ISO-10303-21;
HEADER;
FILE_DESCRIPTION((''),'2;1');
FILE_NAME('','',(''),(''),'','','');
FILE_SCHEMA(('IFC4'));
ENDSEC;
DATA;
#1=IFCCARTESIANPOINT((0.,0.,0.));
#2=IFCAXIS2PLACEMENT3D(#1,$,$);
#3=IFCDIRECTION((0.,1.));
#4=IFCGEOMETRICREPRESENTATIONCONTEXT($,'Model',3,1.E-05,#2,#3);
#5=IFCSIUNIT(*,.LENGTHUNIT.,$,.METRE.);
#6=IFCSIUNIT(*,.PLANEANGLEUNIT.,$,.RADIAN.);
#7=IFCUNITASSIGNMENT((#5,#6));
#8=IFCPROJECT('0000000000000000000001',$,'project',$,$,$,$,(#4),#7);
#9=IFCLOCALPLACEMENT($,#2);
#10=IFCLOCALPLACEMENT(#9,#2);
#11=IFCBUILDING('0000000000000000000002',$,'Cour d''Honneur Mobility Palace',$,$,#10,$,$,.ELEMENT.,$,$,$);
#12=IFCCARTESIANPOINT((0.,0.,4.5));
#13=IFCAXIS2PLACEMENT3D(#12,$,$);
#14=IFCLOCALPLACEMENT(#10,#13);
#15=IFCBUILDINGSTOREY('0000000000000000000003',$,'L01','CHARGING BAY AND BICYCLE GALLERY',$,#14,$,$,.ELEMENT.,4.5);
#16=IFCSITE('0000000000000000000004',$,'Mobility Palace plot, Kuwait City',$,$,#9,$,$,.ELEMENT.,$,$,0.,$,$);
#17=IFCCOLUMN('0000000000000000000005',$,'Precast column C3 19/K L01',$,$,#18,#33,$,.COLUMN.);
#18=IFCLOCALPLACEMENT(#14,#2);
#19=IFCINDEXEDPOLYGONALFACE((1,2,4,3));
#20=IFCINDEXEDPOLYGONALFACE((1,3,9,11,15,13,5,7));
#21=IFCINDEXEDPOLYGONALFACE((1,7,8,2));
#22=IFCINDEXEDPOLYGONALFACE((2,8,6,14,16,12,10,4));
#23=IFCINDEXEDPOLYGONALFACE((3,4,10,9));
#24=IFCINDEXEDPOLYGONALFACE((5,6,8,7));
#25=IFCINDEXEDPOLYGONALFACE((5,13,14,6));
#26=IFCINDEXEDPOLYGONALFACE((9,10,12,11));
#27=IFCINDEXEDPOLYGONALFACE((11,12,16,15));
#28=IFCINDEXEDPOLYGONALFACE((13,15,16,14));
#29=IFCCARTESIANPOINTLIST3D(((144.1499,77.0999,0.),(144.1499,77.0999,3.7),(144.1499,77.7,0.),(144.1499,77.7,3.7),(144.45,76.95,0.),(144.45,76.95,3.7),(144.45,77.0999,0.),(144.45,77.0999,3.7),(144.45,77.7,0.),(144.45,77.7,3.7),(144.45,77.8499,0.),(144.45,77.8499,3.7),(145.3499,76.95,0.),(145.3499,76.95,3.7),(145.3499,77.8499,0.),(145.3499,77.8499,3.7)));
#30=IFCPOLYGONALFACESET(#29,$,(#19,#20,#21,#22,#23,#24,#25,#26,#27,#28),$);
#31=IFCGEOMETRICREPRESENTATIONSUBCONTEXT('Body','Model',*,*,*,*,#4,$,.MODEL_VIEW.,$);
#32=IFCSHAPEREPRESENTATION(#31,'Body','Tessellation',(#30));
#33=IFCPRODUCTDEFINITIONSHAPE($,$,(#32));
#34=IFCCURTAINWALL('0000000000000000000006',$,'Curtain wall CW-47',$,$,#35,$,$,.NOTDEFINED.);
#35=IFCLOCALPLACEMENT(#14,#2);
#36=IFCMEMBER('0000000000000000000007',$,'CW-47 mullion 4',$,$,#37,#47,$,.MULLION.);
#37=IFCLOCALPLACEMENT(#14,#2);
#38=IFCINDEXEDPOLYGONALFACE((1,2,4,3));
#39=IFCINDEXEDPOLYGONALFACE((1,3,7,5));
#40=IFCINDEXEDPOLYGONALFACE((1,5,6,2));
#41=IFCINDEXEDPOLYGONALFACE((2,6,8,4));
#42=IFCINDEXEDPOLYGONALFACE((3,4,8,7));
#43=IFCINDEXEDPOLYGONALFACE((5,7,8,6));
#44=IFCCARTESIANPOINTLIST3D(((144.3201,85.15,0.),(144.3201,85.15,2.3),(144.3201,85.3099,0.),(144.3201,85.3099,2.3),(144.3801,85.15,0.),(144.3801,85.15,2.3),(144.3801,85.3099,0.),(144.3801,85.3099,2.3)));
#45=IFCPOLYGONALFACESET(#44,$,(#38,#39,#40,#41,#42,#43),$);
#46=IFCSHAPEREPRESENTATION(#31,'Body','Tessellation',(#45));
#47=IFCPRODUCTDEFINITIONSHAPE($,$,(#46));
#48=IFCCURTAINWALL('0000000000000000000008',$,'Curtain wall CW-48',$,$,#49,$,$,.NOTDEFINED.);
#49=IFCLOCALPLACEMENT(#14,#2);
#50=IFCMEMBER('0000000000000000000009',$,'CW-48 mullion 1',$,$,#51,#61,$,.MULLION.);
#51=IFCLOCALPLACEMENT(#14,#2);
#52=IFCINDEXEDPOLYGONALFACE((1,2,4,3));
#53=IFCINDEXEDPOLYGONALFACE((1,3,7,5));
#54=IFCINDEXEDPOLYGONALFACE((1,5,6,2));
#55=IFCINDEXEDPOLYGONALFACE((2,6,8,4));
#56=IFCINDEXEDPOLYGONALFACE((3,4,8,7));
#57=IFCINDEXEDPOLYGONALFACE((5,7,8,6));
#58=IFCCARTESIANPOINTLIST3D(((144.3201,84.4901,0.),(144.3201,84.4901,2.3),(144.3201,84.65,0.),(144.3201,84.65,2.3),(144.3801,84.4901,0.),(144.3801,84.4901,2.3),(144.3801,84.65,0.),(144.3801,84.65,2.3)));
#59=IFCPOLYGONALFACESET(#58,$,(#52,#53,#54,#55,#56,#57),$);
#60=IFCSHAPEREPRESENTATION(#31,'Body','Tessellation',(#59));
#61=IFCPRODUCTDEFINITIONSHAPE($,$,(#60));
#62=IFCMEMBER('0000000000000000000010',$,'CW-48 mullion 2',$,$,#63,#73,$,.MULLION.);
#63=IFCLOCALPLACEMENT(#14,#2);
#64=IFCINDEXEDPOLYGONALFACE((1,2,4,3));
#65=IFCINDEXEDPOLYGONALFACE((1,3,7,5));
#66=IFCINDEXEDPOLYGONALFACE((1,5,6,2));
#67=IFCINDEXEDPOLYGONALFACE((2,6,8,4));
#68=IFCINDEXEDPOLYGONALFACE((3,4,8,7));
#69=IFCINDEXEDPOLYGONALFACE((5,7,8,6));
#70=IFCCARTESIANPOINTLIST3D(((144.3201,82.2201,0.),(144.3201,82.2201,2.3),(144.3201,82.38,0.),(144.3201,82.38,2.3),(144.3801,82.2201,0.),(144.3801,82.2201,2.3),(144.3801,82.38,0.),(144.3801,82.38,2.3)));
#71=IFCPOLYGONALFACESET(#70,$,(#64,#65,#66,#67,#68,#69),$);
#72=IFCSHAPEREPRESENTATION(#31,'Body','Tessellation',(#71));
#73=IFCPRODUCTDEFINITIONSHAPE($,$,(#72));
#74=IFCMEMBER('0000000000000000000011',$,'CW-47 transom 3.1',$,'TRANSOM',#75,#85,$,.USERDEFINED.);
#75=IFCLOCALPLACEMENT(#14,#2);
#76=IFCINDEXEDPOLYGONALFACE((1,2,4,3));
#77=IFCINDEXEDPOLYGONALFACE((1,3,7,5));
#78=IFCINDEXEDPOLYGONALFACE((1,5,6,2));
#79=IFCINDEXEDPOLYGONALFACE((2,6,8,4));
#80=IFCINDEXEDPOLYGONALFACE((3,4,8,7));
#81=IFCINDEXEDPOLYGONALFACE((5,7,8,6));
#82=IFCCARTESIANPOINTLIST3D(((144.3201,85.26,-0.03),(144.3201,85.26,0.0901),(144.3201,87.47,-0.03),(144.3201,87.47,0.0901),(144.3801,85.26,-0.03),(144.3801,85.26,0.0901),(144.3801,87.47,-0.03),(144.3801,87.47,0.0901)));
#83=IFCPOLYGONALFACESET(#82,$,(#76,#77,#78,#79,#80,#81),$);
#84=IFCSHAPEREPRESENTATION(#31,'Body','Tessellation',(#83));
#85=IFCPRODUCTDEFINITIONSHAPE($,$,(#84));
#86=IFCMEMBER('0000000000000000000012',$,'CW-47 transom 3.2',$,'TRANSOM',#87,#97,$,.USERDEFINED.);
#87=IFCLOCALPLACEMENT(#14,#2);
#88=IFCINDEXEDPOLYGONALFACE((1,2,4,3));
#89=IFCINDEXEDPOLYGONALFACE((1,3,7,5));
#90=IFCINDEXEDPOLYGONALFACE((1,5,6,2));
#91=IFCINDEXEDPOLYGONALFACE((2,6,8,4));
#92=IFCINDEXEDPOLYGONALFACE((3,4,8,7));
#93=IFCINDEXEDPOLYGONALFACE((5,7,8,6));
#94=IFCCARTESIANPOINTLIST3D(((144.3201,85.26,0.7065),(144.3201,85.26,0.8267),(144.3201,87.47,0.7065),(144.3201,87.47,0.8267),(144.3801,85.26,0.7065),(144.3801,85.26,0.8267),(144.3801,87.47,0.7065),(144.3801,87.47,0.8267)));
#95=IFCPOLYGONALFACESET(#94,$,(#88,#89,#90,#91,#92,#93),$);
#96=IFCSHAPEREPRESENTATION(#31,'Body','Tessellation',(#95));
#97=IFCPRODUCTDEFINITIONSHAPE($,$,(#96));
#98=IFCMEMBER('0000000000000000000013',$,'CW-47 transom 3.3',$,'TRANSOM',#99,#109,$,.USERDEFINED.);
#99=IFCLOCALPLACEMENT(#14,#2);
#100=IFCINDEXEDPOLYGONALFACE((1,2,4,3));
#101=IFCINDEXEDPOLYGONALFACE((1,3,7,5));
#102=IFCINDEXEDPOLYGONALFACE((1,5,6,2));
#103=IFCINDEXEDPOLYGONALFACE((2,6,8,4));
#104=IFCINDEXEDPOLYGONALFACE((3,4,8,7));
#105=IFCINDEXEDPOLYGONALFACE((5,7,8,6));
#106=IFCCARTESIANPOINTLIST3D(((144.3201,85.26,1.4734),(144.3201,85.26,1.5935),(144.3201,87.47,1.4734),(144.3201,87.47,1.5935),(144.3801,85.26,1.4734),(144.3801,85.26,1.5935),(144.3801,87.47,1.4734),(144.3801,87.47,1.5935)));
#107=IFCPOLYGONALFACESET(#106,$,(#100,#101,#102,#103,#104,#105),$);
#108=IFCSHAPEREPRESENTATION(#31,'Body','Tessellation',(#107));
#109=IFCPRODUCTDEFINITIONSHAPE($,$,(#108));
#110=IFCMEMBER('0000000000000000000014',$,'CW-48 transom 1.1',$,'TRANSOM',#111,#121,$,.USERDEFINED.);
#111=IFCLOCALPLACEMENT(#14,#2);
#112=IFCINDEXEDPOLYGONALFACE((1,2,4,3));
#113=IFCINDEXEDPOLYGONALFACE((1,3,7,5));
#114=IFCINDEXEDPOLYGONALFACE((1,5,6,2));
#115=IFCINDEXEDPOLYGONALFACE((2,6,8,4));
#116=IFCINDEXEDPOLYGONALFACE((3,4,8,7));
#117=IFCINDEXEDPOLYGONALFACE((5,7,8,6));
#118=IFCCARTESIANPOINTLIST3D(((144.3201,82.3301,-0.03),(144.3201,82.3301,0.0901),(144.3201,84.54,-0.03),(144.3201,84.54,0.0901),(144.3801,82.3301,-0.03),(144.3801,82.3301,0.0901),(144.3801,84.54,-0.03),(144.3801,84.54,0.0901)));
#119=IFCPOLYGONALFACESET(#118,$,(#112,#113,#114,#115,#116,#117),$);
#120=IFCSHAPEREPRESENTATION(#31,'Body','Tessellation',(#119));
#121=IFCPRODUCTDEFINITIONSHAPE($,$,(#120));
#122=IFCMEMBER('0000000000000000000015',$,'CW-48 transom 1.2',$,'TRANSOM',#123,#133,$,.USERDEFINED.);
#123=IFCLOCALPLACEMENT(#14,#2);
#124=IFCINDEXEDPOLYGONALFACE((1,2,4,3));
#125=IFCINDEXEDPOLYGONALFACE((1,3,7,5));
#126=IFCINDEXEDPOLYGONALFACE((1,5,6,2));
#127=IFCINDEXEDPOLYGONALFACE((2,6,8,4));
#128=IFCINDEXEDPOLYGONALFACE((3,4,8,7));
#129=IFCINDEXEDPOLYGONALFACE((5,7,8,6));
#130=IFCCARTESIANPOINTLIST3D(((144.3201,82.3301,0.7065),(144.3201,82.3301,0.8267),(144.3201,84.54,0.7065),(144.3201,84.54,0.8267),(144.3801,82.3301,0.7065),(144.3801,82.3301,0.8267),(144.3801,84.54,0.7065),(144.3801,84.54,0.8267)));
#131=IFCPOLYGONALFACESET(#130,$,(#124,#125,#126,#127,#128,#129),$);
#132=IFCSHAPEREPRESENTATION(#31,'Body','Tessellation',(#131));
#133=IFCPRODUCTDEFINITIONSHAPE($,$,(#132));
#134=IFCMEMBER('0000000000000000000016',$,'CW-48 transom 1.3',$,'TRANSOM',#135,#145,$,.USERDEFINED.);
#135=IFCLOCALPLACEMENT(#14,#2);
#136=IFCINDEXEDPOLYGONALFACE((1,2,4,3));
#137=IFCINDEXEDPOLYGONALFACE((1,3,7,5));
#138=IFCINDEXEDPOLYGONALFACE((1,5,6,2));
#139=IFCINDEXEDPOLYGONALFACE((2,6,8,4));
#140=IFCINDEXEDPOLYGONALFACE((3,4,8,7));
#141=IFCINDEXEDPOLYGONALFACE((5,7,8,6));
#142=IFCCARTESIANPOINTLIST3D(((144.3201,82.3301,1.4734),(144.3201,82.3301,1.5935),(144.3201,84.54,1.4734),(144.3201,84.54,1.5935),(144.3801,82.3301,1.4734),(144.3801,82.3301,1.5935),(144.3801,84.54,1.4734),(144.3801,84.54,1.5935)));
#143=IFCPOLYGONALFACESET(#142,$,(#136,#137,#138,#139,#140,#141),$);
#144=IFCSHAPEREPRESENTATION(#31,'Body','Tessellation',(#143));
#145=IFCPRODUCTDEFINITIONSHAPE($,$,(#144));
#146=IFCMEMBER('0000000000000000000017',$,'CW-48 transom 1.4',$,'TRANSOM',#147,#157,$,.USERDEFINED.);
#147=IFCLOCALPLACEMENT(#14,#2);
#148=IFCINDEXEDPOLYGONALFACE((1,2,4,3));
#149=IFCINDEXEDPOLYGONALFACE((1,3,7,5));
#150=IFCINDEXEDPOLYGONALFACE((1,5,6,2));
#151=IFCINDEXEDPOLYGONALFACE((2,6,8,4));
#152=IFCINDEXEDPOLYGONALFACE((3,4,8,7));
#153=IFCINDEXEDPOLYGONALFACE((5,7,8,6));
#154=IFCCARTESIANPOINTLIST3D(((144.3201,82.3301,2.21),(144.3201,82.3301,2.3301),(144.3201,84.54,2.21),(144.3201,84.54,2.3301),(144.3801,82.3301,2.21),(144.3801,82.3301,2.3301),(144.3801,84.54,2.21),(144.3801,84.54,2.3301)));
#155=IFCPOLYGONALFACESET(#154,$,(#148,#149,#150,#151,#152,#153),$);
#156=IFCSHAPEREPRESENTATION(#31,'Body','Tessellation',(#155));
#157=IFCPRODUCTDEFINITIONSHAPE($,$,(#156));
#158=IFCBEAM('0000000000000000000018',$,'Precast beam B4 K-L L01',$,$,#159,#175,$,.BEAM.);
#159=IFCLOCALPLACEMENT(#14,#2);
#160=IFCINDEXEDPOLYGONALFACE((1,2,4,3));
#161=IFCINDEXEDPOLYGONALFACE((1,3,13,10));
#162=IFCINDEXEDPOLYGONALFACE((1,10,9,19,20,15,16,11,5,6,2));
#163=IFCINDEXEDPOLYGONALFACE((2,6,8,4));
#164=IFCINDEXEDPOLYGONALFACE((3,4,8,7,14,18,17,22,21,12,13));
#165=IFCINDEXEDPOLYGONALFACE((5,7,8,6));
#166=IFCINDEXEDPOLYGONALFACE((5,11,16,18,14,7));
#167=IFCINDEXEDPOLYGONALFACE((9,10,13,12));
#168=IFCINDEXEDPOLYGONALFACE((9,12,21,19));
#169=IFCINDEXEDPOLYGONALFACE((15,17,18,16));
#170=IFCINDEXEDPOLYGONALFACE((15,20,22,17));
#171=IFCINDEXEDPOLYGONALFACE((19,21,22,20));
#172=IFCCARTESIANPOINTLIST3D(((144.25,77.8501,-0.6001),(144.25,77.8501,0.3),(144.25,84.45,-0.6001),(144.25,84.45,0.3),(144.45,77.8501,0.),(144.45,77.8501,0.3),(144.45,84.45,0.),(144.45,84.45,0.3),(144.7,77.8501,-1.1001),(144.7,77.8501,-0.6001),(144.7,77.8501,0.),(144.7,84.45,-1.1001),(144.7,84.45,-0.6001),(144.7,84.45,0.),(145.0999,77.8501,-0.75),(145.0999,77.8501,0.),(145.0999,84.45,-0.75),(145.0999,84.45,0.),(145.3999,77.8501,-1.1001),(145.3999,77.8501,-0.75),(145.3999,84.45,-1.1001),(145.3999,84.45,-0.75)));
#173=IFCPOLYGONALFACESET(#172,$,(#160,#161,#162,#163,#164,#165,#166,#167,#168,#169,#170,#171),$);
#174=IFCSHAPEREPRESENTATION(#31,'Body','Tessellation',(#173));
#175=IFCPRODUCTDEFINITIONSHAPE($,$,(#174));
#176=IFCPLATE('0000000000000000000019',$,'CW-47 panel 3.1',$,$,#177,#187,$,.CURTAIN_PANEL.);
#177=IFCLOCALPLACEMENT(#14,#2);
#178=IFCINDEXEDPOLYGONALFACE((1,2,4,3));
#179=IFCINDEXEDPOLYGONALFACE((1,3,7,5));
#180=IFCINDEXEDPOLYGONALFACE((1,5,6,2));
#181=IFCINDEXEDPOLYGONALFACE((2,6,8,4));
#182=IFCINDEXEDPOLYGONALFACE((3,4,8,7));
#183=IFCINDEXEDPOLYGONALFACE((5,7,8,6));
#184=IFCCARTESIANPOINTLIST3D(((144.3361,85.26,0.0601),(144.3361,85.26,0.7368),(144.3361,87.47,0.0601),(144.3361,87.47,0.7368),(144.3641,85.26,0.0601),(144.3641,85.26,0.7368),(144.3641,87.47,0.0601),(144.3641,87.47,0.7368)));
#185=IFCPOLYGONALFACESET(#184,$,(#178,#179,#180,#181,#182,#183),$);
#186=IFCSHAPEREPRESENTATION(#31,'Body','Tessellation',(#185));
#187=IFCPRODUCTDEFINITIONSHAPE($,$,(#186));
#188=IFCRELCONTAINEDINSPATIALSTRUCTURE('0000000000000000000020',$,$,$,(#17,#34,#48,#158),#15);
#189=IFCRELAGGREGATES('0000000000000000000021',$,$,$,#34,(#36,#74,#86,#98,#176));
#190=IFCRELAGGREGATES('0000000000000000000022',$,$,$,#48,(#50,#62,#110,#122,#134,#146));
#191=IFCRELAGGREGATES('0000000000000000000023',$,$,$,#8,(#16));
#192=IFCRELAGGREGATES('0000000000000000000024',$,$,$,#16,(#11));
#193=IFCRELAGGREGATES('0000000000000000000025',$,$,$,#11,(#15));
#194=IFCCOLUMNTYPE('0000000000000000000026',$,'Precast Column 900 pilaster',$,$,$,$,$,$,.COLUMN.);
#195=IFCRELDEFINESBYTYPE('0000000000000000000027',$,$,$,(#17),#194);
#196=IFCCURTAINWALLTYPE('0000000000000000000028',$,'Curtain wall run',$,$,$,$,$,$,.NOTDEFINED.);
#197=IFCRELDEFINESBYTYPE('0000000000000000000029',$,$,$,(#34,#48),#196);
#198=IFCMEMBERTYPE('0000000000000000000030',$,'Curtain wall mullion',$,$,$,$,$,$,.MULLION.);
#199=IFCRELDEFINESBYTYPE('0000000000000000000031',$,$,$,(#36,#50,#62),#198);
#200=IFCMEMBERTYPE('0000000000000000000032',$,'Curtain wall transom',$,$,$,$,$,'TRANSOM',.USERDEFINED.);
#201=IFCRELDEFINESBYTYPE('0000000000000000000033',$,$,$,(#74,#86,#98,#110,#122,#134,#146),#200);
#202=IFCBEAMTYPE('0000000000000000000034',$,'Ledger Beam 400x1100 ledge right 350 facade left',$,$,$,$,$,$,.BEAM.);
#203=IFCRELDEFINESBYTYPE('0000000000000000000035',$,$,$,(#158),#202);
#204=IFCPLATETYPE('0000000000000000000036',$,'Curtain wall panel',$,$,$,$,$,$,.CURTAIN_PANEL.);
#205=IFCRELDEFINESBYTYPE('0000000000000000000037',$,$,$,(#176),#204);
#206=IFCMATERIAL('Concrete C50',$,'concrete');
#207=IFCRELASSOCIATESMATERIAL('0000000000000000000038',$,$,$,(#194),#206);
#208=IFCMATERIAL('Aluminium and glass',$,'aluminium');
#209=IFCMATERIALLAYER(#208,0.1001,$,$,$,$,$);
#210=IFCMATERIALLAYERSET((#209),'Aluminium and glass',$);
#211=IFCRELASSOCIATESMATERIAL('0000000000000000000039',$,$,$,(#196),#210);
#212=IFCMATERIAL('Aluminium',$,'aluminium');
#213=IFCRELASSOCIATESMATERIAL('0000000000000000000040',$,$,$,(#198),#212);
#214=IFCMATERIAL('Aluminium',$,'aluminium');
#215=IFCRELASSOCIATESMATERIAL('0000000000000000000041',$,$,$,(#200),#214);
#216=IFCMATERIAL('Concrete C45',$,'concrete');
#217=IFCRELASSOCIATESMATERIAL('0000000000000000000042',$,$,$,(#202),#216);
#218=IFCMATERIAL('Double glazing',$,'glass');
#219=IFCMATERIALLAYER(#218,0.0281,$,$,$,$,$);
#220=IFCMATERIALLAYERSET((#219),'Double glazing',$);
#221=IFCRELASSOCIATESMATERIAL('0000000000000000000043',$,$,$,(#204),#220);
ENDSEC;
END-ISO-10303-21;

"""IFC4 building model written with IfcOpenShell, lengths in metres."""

from ifc_helpers import new_model, si_unit, direction, frame, origin, origin_2d, place, context, subcontext, project, spatial, polyline, rectangle, outline, extrude, material, layer, layer_set, material_profile, profile_set, type_object, element, aggregate, save


model = new_model("IFC4")

# Units and contexts
model_context = context("Model", 3, precision=1e-05, world=origin(), true_north=direction((0.0, 1.0)))
body_context = subcontext(model_context, "Body", "Model", "MODEL_VIEW")
ifc_project = project(units=[si_unit("LENGTHUNIT", "METRE"), si_unit("PLANEANGLEUNIT", "RADIAN")], contexts=[model_context])

# Site, building, storey
site_placement = place(None, origin())
site = spatial("IfcSite", under=ifc_project, at=site_placement, Name="Mobility Palace plot, Kuwait City", CompositionType="ELEMENT", RefElevation=0.0)
building_placement = place(site_placement, origin())
building = spatial("IfcBuilding", under=site, at=building_placement, Name="Cour d'Honneur Mobility Palace", CompositionType="ELEMENT")
storey_placement = place(building_placement, frame((0.0, 0.0, 4.5)))
storey = spatial("IfcBuildingStorey", under=building, at=storey_placement, Name="L01", Description="CHARGING BAY AND BICYCLE GALLERY", CompositionType="ELEMENT", Elevation=4.5)

# Column
ifc_material_1 = material(Name="Concrete C50", Category="concrete")
ifc_material_profile_1 = material_profile(ifc_material_1, outline(polyline([(-0.45, -0.45), (0.45, -0.45), (0.45, -0.3), (0.75, -0.3), (0.75, 0.3), (0.45, 0.3), (0.45, 0.45), (-0.45, 0.45), (-0.45, -0.45)])), Name="PC C900 pilaster")
ifc_profile_set_1 = profile_set([ifc_material_profile_1], Name="Concrete C50")
column_type = type_object("IfcColumnType", Name="Precast Column 900 pilaster", PredefinedType="COLUMN", material=ifc_profile_set_1)
column_placement = place(storey_placement, frame((144.8999, 77.3999, 0.0), z_axis=(0.0, 0.0, 1.0), x_axis=(-1.0, 0.0, 0.0)))
element("IfcColumn", 1, at=column_placement, inside=storey, type_object=column_type, Name="Precast column C3 19/K L01", PredefinedType="COLUMN", context=body_context, shape_type="SweptSolid", body=[
    extrude(outline(polyline([(-0.45, -0.45), (0.45, -0.45), (0.45, -0.3), (0.75, -0.3), (0.75, 0.3), (0.45, 0.3), (0.45, 0.45), (-0.45, 0.45), (-0.45, -0.45)])), origin(), (0.0, 0.0, 1.0), 3.7),
])

# Curtain wall, member
ifc_material_2 = material(Name="Aluminium and glass", Category="aluminium")
ifc_layer_1 = layer(ifc_material_2, 0.1001)
ifc_layer_set_1 = layer_set([ifc_layer_1], Name="Aluminium and glass")
curtain_wall_type = type_object("IfcCurtainWallType", Name="Curtain wall run", PredefinedType="NOTDEFINED", material=ifc_layer_set_1)
curtain_wall_1_placement = place(storey_placement, origin())
curtain_wall_1 = element("IfcCurtainWall", 2, at=curtain_wall_1_placement, inside=storey, type_object=curtain_wall_type, Name="Curtain wall CW-47", PredefinedType="NOTDEFINED")
ifc_material_3 = material(Name="Aluminium", Category="aluminium")
ifc_material_profile_2 = material_profile(ifc_material_3, rectangle(XDim=0.0601, YDim=0.1599, at=origin_2d()), Name="Curtain wall mullion")
ifc_profile_set_2 = profile_set([ifc_material_profile_2], Name="Aluminium")
member_type_1 = type_object("IfcMemberType", Name="Curtain wall mullion", PredefinedType="MULLION", material=ifc_profile_set_2)
member_1_placement = place(storey_placement, frame((144.3501, 85.23, 0.0), z_axis=(0.0, 0.0, 1.0), x_axis=(1.0, 0.0, 0.0)))
member_1 = element("IfcMember", 3, at=member_1_placement, type_object=member_type_1, Name="CW-47 mullion 4", PredefinedType="MULLION", context=body_context, shape_type="SweptSolid", body=[
    extrude(rectangle(XDim=0.0601, YDim=0.1599, at=origin_2d()), origin(), (0.0, 0.0, 1.0), 2.3),
])

# Curtain wall, members
curtain_wall_2_placement = place(storey_placement, origin())
curtain_wall_2 = element("IfcCurtainWall", 4, at=curtain_wall_2_placement, inside=storey, type_object=curtain_wall_type, Name="Curtain wall CW-48", PredefinedType="NOTDEFINED")
member_2_placement = place(storey_placement, frame((144.3501, 84.5701, 0.0), z_axis=(0.0, 0.0, 1.0), x_axis=(1.0, 0.0, 0.0)))
member_2 = element("IfcMember", 5, at=member_2_placement, type_object=member_type_1, Name="CW-48 mullion 1", PredefinedType="MULLION", context=body_context, shape_type="SweptSolid", body=[
    extrude(rectangle(XDim=0.0601, YDim=0.1599, at=origin_2d()), origin(), (0.0, 0.0, 1.0), 2.3),
])
member_3_placement = place(storey_placement, frame((144.3501, 82.3, 0.0), z_axis=(0.0, 0.0, 1.0), x_axis=(1.0, 0.0, 0.0)))
member_3 = element("IfcMember", 6, at=member_3_placement, type_object=member_type_1, Name="CW-48 mullion 2", PredefinedType="MULLION", context=body_context, shape_type="SweptSolid", body=[
    extrude(rectangle(XDim=0.0601, YDim=0.1599, at=origin_2d()), origin(), (0.0, 0.0, 1.0), 2.3),
])

# Members
ifc_material_4 = material(Name="Aluminium", Category="aluminium")
ifc_material_profile_3 = material_profile(ifc_material_4, rectangle(XDim=0.0601, YDim=0.1201, at=origin_2d()), Name="Curtain wall transom")
ifc_profile_set_3 = profile_set([ifc_material_profile_3], Name="Aluminium")
member_type_2 = type_object("IfcMemberType", Name="Curtain wall transom", ElementType="TRANSOM", PredefinedType="USERDEFINED", material=ifc_profile_set_3)
member_4_placement = place(storey_placement, frame((144.3501, 87.47, 0.03), z_axis=(0.0, -1.0, 0.0), x_axis=(1.0, 0.0, 0.0)))
member_4 = element("IfcMember", 7, at=member_4_placement, type_object=member_type_2, Name="CW-47 transom 3.1", ObjectType="TRANSOM", PredefinedType="USERDEFINED", context=body_context, shape_type="SweptSolid", body=[
    extrude(rectangle(XDim=0.0601, YDim=0.1201, at=origin_2d()), origin(), (0.0, 0.0, 1.0), 2.21),
])
member_5_placement = place(storey_placement, frame((144.3501, 87.47, 0.7666), z_axis=(0.0, -1.0, 0.0), x_axis=(1.0, 0.0, 0.0)))
member_5 = element("IfcMember", 8, at=member_5_placement, type_object=member_type_2, Name="CW-47 transom 3.2", ObjectType="TRANSOM", PredefinedType="USERDEFINED", context=body_context, shape_type="SweptSolid", body=[
    extrude(rectangle(XDim=0.0601, YDim=0.1201, at=origin_2d()), origin(), (0.0, 0.0, 1.0), 2.21),
])
member_6_placement = place(storey_placement, frame((144.3501, 87.47, 1.5334), z_axis=(0.0, -1.0, 0.0), x_axis=(1.0, 0.0, 0.0)))
member_6 = element("IfcMember", 9, at=member_6_placement, type_object=member_type_2, Name="CW-47 transom 3.3", ObjectType="TRANSOM", PredefinedType="USERDEFINED", context=body_context, shape_type="SweptSolid", body=[
    extrude(rectangle(XDim=0.0601, YDim=0.1201, at=origin_2d()), origin(), (0.0, 0.0, 1.0), 2.21),
])
member_7_placement = place(storey_placement, frame((144.3501, 84.54, 0.03), z_axis=(0.0, -1.0, 0.0), x_axis=(1.0, 0.0, 0.0)))
member_7 = element("IfcMember", 10, at=member_7_placement, type_object=member_type_2, Name="CW-48 transom 1.1", ObjectType="TRANSOM", PredefinedType="USERDEFINED", context=body_context, shape_type="SweptSolid", body=[
    extrude(rectangle(XDim=0.0601, YDim=0.1201, at=origin_2d()), origin(), (0.0, 0.0, 1.0), 2.21),
])
member_8_placement = place(storey_placement, frame((144.3501, 84.54, 0.7666), z_axis=(0.0, -1.0, 0.0), x_axis=(1.0, 0.0, 0.0)))
member_8 = element("IfcMember", 11, at=member_8_placement, type_object=member_type_2, Name="CW-48 transom 1.2", ObjectType="TRANSOM", PredefinedType="USERDEFINED", context=body_context, shape_type="SweptSolid", body=[
    extrude(rectangle(XDim=0.0601, YDim=0.1201, at=origin_2d()), origin(), (0.0, 0.0, 1.0), 2.21),
])
member_9_placement = place(storey_placement, frame((144.3501, 84.54, 1.5334), z_axis=(0.0, -1.0, 0.0), x_axis=(1.0, 0.0, 0.0)))
member_9 = element("IfcMember", 12, at=member_9_placement, type_object=member_type_2, Name="CW-48 transom 1.3", ObjectType="TRANSOM", PredefinedType="USERDEFINED", context=body_context, shape_type="SweptSolid", body=[
    extrude(rectangle(XDim=0.0601, YDim=0.1201, at=origin_2d()), origin(), (0.0, 0.0, 1.0), 2.21),
])
member_10_placement = place(storey_placement, frame((144.3501, 84.54, 2.27), z_axis=(0.0, -1.0, 0.0), x_axis=(1.0, 0.0, 0.0)))
member_10 = element("IfcMember", 13, at=member_10_placement, type_object=member_type_2, Name="CW-48 transom 1.4", ObjectType="TRANSOM", PredefinedType="USERDEFINED", context=body_context, shape_type="SweptSolid", body=[
    extrude(rectangle(XDim=0.0601, YDim=0.1201, at=origin_2d()), origin(), (0.0, 0.0, 1.0), 2.21),
])

# Beam
ifc_material_5 = material(Name="Concrete C45", Category="concrete")
ifc_material_profile_4 = material_profile(ifc_material_5, outline(polyline([(0.2, -1.1001), (0.2, -0.6001), (0.6499, -0.6001), (0.6499, 0.3), (0.45, 0.3), (0.45, 0.0), (0.2, 0.0), (-0.2, 0.0), (-0.2, -0.75), (-0.5, -0.75), (-0.5, -1.1001), (0.2, -1.1001)])), Name="Ledger Beam 400x1100 ledge right 350 facade left")
ifc_profile_set_4 = profile_set([ifc_material_profile_4], Name="Concrete C45")
beam_type = type_object("IfcBeamType", Name="Ledger Beam 400x1100 ledge right 350 facade left", PredefinedType="BEAM", material=ifc_profile_set_4)
beam_placement = place(storey_placement, frame((144.8999, 77.8501, 0.0), z_axis=(0.0, 1.0, 0.0), x_axis=(-1.0, 0.0, 0.0)))
element("IfcBeam", 14, at=beam_placement, inside=storey, type_object=beam_type, Name="Precast beam B4 K-L L01", PredefinedType="BEAM", context=body_context, shape_type="SweptSolid", body=[
    extrude(outline(polyline([(0.2, -1.1001), (0.2, -0.6001), (0.6499, -0.6001), (0.6499, 0.3), (0.45, 0.3), (0.45, 0.0), (0.2, 0.0), (-0.2, 0.0), (-0.2, -0.75), (-0.5, -0.75), (-0.5, -1.1001), (0.2, -1.1001)])), origin(), (0.0, 0.0, 1.0), 6.5999),
])

# Plate
ifc_material_6 = material(Name="Double glazing", Category="glass")
ifc_layer_2 = layer(ifc_material_6, 0.0281)
ifc_layer_set_2 = layer_set([ifc_layer_2], Name="Double glazing")
plate_type = type_object("IfcPlateType", Name="Curtain wall panel", PredefinedType="CURTAIN_PANEL", material=ifc_layer_set_2)
plate_1_placement = place(storey_placement, frame((144.3501, 86.365, 0.0601), z_axis=(0.0, 0.0, 1.0), x_axis=(0.0, -1.0, 0.0)))
plate_1 = element("IfcPlate", 15, at=plate_1_placement, type_object=plate_type, Name="CW-47 panel 3.1", PredefinedType="CURTAIN_PANEL", context=body_context, shape_type="SweptSolid", body=[
    extrude(rectangle(XDim=2.21, YDim=0.0281, at=origin_2d()), origin(), (0.0, 0.0, 1.0), 0.6768),
])
aggregate(curtain_wall_1, [member_1, member_4, member_5, member_6, plate_1])
aggregate(curtain_wall_2, [member_2, member_3, member_7, member_8, member_9, member_10])

save(model, "model.ifc")
